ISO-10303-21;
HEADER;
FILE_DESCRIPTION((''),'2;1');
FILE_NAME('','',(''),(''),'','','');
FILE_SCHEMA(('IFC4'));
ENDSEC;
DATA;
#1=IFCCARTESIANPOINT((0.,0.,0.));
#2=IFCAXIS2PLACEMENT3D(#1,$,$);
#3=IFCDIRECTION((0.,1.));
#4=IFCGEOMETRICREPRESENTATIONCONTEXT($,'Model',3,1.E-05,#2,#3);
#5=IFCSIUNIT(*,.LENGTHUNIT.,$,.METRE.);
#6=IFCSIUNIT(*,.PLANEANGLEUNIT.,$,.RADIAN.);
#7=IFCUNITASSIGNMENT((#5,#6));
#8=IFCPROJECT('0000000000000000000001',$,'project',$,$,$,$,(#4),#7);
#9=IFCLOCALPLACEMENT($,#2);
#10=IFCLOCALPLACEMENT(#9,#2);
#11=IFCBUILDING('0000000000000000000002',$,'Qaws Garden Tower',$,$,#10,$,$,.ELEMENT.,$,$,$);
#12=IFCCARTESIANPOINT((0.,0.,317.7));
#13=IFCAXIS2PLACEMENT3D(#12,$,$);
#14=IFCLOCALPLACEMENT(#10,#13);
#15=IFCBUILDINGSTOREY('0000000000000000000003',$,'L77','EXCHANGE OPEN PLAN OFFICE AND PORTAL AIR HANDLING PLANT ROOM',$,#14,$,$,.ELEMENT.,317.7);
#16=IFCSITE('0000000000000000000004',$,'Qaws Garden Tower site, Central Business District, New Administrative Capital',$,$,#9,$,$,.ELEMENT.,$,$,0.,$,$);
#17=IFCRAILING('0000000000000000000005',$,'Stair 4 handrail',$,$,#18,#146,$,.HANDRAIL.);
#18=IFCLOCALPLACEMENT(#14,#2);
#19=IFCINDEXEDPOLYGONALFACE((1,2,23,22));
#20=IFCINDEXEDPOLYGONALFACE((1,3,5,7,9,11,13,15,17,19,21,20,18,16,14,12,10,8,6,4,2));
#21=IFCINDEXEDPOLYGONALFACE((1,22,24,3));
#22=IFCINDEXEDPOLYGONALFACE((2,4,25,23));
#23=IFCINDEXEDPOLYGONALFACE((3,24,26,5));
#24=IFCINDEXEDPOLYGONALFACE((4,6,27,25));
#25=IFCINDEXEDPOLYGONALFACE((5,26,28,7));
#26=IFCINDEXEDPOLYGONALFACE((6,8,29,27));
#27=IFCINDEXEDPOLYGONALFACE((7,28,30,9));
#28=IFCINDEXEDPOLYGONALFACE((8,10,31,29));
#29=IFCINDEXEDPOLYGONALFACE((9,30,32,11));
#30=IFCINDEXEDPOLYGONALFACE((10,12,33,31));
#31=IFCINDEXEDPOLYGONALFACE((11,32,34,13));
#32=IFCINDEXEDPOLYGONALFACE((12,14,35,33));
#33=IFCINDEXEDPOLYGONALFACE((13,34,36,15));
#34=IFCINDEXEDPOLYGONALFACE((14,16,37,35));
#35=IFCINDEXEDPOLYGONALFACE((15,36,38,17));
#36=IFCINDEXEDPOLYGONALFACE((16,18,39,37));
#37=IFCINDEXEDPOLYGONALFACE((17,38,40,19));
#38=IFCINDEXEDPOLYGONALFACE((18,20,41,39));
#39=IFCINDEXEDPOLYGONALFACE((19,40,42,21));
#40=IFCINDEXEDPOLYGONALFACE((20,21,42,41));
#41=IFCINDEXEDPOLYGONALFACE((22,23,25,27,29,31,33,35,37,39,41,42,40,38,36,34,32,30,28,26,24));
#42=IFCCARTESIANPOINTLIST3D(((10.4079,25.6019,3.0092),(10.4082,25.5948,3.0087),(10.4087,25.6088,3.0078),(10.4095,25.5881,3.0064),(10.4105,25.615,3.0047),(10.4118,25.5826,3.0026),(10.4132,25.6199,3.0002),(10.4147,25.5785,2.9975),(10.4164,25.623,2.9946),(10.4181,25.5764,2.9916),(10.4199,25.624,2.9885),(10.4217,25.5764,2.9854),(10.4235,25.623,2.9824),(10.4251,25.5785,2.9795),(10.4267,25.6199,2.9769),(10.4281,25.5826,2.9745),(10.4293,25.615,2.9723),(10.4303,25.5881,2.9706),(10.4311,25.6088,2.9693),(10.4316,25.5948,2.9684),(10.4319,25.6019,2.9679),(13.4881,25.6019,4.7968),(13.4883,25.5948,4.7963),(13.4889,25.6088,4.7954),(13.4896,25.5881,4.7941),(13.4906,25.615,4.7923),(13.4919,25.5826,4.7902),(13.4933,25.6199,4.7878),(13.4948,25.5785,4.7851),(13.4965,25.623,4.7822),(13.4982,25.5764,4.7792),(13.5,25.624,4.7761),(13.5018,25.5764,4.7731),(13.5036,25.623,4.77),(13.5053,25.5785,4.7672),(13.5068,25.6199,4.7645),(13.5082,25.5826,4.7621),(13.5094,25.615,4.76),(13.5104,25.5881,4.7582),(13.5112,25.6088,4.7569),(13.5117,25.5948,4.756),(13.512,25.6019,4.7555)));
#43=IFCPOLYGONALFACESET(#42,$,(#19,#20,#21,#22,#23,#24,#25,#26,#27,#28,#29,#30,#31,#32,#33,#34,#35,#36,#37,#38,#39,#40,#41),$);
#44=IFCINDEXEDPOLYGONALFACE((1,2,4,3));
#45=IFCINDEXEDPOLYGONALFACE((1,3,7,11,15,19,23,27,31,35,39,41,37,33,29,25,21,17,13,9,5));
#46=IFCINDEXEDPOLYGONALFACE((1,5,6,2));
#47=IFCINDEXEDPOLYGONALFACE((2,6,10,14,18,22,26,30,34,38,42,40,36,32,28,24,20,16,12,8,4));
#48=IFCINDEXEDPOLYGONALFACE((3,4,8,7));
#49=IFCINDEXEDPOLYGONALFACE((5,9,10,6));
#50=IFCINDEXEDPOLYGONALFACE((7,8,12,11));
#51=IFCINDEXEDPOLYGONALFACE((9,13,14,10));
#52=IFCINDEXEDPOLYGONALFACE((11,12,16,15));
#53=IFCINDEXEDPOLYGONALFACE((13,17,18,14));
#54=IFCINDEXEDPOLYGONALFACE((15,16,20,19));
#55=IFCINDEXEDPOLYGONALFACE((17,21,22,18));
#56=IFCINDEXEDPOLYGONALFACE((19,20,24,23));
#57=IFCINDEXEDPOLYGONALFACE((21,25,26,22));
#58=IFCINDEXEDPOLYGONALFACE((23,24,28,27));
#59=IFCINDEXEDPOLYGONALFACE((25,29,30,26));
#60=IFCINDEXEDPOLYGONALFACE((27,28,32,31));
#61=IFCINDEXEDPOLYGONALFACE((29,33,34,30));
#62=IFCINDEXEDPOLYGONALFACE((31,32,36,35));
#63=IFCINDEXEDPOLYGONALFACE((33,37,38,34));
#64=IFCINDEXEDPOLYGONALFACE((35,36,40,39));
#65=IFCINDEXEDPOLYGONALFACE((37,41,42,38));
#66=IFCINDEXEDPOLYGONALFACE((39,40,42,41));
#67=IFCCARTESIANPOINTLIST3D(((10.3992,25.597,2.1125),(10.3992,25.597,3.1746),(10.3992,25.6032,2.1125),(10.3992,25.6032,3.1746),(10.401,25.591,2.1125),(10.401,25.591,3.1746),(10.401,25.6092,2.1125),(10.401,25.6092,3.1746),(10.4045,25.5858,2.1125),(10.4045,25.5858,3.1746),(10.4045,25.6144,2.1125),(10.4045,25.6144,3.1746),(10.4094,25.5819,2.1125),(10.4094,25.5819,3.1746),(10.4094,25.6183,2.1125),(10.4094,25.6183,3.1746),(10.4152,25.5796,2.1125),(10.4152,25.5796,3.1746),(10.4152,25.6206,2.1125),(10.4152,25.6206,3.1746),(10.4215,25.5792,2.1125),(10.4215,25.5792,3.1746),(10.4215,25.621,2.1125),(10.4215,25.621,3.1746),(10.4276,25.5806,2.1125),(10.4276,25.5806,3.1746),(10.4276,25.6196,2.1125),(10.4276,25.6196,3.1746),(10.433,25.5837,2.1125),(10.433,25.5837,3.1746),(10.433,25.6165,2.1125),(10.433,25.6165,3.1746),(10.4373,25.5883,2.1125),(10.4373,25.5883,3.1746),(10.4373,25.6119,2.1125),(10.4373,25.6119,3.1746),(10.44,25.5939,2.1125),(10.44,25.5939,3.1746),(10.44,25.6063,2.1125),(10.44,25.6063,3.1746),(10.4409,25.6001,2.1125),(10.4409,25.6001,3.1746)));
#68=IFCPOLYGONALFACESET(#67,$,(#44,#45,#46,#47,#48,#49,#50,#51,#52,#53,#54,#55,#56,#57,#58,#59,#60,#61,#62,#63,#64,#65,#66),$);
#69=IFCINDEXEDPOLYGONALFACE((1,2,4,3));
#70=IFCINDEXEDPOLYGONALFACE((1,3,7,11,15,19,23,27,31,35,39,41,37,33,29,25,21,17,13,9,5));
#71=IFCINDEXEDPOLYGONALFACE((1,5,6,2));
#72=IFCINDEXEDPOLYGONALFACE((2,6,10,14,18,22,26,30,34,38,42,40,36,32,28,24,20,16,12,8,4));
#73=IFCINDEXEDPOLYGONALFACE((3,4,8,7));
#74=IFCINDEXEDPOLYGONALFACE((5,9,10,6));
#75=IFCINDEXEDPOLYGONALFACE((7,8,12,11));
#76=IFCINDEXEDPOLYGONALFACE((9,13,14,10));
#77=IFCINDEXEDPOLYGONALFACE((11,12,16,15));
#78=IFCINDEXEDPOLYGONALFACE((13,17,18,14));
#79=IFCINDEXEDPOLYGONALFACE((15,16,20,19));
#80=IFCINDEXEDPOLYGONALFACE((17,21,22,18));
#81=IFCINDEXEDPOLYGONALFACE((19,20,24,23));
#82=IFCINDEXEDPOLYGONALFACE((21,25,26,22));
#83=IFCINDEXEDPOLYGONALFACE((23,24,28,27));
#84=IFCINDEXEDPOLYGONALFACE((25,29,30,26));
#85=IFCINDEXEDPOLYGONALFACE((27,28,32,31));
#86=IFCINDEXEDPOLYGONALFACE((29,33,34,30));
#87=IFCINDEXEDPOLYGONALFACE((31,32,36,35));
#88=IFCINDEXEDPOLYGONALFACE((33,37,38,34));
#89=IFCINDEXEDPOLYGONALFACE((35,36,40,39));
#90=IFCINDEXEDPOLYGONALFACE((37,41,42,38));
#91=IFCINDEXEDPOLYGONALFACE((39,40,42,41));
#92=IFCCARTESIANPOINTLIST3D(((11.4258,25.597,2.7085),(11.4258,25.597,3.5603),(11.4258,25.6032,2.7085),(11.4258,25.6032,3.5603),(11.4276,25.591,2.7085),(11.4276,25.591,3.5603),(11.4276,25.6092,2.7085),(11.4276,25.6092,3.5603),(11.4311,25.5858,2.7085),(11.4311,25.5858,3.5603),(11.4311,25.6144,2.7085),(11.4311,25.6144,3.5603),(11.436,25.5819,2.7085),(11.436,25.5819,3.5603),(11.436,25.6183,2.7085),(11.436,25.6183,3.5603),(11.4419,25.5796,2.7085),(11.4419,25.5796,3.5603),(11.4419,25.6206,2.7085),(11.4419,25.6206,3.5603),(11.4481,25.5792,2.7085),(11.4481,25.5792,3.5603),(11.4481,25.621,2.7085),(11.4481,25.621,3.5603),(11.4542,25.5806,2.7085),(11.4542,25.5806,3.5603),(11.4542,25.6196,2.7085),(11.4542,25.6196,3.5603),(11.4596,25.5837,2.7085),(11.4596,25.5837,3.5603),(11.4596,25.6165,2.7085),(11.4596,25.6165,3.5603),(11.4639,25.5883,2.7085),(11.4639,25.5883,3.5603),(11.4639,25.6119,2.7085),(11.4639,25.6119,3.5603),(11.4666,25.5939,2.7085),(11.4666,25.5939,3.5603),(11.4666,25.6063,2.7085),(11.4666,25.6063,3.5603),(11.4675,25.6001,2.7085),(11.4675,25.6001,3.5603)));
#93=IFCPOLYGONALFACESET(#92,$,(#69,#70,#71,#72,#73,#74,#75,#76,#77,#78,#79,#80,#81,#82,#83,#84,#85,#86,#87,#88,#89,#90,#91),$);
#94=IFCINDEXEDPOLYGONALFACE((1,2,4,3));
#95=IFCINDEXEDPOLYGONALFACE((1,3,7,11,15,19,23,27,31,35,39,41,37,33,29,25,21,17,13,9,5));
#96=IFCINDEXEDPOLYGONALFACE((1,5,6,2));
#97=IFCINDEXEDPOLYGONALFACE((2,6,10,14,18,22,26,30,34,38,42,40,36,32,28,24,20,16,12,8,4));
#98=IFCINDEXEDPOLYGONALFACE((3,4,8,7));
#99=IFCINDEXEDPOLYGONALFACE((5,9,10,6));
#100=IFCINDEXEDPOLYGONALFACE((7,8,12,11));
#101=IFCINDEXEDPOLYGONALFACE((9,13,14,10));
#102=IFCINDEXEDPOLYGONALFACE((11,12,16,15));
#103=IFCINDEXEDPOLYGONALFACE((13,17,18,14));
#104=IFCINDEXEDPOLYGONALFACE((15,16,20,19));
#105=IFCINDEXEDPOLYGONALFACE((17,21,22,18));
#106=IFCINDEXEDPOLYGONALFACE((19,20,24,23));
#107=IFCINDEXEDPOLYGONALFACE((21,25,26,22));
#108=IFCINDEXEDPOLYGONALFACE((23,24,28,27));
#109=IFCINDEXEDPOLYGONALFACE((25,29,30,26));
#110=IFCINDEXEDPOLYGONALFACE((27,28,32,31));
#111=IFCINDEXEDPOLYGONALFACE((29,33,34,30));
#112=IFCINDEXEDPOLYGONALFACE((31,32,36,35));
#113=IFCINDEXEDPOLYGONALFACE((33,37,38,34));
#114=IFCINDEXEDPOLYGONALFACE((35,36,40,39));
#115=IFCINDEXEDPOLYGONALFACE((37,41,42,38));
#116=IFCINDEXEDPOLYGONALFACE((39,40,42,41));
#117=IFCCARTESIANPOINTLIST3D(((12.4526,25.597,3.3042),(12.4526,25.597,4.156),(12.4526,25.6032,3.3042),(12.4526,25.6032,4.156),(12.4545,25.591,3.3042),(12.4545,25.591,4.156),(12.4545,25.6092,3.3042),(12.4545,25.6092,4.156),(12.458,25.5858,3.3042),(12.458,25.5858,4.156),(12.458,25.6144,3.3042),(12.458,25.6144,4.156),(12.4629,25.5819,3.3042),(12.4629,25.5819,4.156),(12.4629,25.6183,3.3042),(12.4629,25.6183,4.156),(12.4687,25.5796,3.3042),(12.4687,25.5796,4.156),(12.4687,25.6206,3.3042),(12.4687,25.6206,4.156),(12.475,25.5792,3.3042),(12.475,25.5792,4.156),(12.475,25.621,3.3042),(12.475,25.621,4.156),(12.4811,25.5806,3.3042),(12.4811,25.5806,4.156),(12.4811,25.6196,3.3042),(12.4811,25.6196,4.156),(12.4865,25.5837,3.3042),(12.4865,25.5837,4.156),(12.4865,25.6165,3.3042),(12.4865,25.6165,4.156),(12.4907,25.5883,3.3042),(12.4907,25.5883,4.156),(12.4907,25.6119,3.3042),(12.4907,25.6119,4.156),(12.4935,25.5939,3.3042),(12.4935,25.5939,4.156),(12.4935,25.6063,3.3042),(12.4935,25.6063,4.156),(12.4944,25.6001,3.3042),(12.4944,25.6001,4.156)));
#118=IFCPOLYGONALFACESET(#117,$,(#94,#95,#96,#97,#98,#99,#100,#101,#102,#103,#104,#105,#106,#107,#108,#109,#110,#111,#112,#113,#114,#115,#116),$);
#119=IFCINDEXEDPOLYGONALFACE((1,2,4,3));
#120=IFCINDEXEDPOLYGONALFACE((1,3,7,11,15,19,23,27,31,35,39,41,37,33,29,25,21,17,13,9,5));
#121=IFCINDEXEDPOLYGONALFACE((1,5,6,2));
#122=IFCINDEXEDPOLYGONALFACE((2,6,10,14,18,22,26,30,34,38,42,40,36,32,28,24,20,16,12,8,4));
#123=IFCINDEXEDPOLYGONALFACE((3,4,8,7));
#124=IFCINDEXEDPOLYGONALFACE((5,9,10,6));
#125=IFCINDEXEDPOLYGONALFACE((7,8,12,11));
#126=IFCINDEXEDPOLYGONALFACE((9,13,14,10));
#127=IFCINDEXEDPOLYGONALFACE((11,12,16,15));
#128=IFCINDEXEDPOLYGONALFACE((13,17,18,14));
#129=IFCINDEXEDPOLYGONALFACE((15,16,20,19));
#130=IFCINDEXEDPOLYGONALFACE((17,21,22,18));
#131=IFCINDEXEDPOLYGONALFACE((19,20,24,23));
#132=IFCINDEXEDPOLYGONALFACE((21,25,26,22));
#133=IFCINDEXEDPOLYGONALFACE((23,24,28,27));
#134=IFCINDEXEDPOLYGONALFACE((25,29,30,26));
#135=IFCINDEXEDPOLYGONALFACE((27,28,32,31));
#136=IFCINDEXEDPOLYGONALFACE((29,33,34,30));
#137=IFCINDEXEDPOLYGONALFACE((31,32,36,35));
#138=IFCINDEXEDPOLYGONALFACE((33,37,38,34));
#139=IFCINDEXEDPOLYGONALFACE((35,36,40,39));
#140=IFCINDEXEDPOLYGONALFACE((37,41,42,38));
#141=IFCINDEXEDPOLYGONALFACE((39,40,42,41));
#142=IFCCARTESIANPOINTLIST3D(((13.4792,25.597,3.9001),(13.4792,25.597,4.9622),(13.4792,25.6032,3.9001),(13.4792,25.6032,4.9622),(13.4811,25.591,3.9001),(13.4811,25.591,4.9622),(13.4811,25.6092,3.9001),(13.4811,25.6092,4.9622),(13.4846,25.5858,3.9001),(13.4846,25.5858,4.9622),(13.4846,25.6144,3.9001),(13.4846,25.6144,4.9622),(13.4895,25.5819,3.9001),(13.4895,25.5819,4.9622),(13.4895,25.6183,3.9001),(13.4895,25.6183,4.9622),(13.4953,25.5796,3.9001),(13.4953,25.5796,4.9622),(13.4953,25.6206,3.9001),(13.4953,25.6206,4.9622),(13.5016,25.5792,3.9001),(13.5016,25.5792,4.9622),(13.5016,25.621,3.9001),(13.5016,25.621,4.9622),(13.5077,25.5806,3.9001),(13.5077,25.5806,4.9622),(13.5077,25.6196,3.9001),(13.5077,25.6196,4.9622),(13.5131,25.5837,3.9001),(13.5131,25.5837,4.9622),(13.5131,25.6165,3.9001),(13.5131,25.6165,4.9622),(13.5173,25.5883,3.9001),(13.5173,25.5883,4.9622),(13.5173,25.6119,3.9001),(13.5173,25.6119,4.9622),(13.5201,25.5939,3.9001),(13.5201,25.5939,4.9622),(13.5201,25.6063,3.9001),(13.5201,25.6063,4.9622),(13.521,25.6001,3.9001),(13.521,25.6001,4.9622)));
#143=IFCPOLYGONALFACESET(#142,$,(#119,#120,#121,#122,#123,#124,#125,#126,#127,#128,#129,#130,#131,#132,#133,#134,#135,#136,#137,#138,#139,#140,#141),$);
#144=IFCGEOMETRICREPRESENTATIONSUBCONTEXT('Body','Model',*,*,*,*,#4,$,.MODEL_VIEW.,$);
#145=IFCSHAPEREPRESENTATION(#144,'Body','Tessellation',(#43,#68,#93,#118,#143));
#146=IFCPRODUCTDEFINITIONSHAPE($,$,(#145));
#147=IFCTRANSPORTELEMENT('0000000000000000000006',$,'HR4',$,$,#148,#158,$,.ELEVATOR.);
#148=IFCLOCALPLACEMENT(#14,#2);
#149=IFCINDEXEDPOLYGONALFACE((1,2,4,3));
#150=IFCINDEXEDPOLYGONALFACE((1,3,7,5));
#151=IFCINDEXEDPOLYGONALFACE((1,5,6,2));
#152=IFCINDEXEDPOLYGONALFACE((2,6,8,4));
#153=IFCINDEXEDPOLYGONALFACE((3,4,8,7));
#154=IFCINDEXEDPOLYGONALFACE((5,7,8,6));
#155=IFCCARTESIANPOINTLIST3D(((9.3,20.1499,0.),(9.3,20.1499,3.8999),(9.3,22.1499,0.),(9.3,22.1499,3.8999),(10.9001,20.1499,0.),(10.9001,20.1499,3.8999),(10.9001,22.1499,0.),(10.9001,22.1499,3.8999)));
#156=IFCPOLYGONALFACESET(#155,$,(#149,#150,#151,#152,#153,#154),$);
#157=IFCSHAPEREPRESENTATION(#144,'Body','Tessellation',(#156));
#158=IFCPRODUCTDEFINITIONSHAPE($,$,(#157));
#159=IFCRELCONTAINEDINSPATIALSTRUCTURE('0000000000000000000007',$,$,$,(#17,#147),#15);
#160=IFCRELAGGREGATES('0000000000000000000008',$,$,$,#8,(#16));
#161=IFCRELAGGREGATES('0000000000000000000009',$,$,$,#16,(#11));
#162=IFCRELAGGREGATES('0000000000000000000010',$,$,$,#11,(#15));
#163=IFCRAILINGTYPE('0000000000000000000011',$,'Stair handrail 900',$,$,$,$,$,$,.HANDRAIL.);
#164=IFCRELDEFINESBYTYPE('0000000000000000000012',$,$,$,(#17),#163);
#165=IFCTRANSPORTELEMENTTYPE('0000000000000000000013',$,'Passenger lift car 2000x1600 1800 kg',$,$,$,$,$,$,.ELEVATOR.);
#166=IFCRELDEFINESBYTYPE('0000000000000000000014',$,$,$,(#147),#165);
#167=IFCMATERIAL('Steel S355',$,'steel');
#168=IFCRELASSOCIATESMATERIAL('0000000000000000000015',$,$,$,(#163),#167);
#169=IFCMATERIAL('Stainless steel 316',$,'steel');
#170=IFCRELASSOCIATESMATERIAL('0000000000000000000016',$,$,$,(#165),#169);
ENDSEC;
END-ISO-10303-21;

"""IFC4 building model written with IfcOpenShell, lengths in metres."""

from ifc_helpers import new_model, si_unit, direction, frame, origin, origin_2d, place, context, subcontext, project, spatial, rectangle, circle, extrude, material, type_object, element, save


model = new_model("IFC4")

# Units and contexts
model_context = context("Model", 3, precision=1e-05, world=origin(), true_north=direction((0.0, 1.0)))
body_context = subcontext(model_context, "Body", "Model", "MODEL_VIEW")
ifc_project = project(units=[si_unit("LENGTHUNIT", "METRE"), si_unit("PLANEANGLEUNIT", "RADIAN")], contexts=[model_context])

# Site, building, storey
site_placement = place(None, origin())
site = spatial("IfcSite", under=ifc_project, at=site_placement, Name="Qaws Garden Tower site, Central Business District, New Administrative Capital", CompositionType="ELEMENT", RefElevation=0.0)
building_placement = place(site_placement, origin())
building = spatial("IfcBuilding", under=site, at=building_placement, Name="Qaws Garden Tower", CompositionType="ELEMENT")
storey_placement = place(building_placement, frame((0.0, 0.0, 317.7)))
storey = spatial("IfcBuildingStorey", under=building, at=storey_placement, Name="L77", Description="EXCHANGE OPEN PLAN OFFICE AND PORTAL AIR HANDLING PLANT ROOM", CompositionType="ELEMENT", Elevation=317.7)

# Railing
ifc_material_1 = material(Name="Steel S355", Category="steel")
railing_type = type_object("IfcRailingType", Name="Stair handrail 900", PredefinedType="HANDRAIL", material=ifc_material_1)
railing_placement = place(storey_placement, frame((10.4199, 25.6001, 2.1125)))
element("IfcRailing", 1, at=railing_placement, inside=storey, type_object=railing_type, Name="Stair 4 handrail", PredefinedType="HANDRAIL", context=body_context, shape_type="SweptSolid", body=[
    extrude(circle(Radius=0.0239, at=origin_2d()), frame((0.0, 0.0, 0.876), z_axis=(0.864891, 0.0, 0.50196), x_axis=(0.0, 1.0, 0.0)), (0.0, 0.0, 1.0), 3.5613),
    extrude(circle(Radius=0.021, at=origin_2d()), origin(), (0.0, 0.0, 1.0), 1.062),
    extrude(circle(Radius=0.021, at=origin_2d()), frame((1.0266, 0.0, 0.5959)), (0.0, 0.0, 1.0), 0.8518),
    extrude(circle(Radius=0.021, at=origin_2d()), frame((2.0535, 0.0, 1.1917)), (0.0, 0.0, 1.0), 0.8518),
    extrude(circle(Radius=0.021, at=origin_2d()), frame((3.0801, 0.0, 1.7876)), (0.0, 0.0, 1.0), 1.062),
])

# Transport element
ifc_material_2 = material(Name="Stainless steel 316", Category="steel")
transport_element_type = type_object("IfcTransportElementType", Name="Passenger lift car 2000x1600 1800 kg", PredefinedType="ELEVATOR", material=ifc_material_2)
transport_element_placement = place(storey_placement, frame((10.1001, 21.1499, 0.0), z_axis=(0.0, 0.0, 1.0), x_axis=(1.0, 0.0, 0.0)))
element("IfcTransportElement", 2, at=transport_element_placement, inside=storey, type_object=transport_element_type, Name="HR4", PredefinedType="ELEVATOR", context=body_context, shape_type="SweptSolid", body=[
    extrude(rectangle(XDim=1.6001, YDim=2.0, at=origin_2d()), origin(), (0.0, 0.0, 1.0), 3.8999),
])

save(model, "model.ifc")
